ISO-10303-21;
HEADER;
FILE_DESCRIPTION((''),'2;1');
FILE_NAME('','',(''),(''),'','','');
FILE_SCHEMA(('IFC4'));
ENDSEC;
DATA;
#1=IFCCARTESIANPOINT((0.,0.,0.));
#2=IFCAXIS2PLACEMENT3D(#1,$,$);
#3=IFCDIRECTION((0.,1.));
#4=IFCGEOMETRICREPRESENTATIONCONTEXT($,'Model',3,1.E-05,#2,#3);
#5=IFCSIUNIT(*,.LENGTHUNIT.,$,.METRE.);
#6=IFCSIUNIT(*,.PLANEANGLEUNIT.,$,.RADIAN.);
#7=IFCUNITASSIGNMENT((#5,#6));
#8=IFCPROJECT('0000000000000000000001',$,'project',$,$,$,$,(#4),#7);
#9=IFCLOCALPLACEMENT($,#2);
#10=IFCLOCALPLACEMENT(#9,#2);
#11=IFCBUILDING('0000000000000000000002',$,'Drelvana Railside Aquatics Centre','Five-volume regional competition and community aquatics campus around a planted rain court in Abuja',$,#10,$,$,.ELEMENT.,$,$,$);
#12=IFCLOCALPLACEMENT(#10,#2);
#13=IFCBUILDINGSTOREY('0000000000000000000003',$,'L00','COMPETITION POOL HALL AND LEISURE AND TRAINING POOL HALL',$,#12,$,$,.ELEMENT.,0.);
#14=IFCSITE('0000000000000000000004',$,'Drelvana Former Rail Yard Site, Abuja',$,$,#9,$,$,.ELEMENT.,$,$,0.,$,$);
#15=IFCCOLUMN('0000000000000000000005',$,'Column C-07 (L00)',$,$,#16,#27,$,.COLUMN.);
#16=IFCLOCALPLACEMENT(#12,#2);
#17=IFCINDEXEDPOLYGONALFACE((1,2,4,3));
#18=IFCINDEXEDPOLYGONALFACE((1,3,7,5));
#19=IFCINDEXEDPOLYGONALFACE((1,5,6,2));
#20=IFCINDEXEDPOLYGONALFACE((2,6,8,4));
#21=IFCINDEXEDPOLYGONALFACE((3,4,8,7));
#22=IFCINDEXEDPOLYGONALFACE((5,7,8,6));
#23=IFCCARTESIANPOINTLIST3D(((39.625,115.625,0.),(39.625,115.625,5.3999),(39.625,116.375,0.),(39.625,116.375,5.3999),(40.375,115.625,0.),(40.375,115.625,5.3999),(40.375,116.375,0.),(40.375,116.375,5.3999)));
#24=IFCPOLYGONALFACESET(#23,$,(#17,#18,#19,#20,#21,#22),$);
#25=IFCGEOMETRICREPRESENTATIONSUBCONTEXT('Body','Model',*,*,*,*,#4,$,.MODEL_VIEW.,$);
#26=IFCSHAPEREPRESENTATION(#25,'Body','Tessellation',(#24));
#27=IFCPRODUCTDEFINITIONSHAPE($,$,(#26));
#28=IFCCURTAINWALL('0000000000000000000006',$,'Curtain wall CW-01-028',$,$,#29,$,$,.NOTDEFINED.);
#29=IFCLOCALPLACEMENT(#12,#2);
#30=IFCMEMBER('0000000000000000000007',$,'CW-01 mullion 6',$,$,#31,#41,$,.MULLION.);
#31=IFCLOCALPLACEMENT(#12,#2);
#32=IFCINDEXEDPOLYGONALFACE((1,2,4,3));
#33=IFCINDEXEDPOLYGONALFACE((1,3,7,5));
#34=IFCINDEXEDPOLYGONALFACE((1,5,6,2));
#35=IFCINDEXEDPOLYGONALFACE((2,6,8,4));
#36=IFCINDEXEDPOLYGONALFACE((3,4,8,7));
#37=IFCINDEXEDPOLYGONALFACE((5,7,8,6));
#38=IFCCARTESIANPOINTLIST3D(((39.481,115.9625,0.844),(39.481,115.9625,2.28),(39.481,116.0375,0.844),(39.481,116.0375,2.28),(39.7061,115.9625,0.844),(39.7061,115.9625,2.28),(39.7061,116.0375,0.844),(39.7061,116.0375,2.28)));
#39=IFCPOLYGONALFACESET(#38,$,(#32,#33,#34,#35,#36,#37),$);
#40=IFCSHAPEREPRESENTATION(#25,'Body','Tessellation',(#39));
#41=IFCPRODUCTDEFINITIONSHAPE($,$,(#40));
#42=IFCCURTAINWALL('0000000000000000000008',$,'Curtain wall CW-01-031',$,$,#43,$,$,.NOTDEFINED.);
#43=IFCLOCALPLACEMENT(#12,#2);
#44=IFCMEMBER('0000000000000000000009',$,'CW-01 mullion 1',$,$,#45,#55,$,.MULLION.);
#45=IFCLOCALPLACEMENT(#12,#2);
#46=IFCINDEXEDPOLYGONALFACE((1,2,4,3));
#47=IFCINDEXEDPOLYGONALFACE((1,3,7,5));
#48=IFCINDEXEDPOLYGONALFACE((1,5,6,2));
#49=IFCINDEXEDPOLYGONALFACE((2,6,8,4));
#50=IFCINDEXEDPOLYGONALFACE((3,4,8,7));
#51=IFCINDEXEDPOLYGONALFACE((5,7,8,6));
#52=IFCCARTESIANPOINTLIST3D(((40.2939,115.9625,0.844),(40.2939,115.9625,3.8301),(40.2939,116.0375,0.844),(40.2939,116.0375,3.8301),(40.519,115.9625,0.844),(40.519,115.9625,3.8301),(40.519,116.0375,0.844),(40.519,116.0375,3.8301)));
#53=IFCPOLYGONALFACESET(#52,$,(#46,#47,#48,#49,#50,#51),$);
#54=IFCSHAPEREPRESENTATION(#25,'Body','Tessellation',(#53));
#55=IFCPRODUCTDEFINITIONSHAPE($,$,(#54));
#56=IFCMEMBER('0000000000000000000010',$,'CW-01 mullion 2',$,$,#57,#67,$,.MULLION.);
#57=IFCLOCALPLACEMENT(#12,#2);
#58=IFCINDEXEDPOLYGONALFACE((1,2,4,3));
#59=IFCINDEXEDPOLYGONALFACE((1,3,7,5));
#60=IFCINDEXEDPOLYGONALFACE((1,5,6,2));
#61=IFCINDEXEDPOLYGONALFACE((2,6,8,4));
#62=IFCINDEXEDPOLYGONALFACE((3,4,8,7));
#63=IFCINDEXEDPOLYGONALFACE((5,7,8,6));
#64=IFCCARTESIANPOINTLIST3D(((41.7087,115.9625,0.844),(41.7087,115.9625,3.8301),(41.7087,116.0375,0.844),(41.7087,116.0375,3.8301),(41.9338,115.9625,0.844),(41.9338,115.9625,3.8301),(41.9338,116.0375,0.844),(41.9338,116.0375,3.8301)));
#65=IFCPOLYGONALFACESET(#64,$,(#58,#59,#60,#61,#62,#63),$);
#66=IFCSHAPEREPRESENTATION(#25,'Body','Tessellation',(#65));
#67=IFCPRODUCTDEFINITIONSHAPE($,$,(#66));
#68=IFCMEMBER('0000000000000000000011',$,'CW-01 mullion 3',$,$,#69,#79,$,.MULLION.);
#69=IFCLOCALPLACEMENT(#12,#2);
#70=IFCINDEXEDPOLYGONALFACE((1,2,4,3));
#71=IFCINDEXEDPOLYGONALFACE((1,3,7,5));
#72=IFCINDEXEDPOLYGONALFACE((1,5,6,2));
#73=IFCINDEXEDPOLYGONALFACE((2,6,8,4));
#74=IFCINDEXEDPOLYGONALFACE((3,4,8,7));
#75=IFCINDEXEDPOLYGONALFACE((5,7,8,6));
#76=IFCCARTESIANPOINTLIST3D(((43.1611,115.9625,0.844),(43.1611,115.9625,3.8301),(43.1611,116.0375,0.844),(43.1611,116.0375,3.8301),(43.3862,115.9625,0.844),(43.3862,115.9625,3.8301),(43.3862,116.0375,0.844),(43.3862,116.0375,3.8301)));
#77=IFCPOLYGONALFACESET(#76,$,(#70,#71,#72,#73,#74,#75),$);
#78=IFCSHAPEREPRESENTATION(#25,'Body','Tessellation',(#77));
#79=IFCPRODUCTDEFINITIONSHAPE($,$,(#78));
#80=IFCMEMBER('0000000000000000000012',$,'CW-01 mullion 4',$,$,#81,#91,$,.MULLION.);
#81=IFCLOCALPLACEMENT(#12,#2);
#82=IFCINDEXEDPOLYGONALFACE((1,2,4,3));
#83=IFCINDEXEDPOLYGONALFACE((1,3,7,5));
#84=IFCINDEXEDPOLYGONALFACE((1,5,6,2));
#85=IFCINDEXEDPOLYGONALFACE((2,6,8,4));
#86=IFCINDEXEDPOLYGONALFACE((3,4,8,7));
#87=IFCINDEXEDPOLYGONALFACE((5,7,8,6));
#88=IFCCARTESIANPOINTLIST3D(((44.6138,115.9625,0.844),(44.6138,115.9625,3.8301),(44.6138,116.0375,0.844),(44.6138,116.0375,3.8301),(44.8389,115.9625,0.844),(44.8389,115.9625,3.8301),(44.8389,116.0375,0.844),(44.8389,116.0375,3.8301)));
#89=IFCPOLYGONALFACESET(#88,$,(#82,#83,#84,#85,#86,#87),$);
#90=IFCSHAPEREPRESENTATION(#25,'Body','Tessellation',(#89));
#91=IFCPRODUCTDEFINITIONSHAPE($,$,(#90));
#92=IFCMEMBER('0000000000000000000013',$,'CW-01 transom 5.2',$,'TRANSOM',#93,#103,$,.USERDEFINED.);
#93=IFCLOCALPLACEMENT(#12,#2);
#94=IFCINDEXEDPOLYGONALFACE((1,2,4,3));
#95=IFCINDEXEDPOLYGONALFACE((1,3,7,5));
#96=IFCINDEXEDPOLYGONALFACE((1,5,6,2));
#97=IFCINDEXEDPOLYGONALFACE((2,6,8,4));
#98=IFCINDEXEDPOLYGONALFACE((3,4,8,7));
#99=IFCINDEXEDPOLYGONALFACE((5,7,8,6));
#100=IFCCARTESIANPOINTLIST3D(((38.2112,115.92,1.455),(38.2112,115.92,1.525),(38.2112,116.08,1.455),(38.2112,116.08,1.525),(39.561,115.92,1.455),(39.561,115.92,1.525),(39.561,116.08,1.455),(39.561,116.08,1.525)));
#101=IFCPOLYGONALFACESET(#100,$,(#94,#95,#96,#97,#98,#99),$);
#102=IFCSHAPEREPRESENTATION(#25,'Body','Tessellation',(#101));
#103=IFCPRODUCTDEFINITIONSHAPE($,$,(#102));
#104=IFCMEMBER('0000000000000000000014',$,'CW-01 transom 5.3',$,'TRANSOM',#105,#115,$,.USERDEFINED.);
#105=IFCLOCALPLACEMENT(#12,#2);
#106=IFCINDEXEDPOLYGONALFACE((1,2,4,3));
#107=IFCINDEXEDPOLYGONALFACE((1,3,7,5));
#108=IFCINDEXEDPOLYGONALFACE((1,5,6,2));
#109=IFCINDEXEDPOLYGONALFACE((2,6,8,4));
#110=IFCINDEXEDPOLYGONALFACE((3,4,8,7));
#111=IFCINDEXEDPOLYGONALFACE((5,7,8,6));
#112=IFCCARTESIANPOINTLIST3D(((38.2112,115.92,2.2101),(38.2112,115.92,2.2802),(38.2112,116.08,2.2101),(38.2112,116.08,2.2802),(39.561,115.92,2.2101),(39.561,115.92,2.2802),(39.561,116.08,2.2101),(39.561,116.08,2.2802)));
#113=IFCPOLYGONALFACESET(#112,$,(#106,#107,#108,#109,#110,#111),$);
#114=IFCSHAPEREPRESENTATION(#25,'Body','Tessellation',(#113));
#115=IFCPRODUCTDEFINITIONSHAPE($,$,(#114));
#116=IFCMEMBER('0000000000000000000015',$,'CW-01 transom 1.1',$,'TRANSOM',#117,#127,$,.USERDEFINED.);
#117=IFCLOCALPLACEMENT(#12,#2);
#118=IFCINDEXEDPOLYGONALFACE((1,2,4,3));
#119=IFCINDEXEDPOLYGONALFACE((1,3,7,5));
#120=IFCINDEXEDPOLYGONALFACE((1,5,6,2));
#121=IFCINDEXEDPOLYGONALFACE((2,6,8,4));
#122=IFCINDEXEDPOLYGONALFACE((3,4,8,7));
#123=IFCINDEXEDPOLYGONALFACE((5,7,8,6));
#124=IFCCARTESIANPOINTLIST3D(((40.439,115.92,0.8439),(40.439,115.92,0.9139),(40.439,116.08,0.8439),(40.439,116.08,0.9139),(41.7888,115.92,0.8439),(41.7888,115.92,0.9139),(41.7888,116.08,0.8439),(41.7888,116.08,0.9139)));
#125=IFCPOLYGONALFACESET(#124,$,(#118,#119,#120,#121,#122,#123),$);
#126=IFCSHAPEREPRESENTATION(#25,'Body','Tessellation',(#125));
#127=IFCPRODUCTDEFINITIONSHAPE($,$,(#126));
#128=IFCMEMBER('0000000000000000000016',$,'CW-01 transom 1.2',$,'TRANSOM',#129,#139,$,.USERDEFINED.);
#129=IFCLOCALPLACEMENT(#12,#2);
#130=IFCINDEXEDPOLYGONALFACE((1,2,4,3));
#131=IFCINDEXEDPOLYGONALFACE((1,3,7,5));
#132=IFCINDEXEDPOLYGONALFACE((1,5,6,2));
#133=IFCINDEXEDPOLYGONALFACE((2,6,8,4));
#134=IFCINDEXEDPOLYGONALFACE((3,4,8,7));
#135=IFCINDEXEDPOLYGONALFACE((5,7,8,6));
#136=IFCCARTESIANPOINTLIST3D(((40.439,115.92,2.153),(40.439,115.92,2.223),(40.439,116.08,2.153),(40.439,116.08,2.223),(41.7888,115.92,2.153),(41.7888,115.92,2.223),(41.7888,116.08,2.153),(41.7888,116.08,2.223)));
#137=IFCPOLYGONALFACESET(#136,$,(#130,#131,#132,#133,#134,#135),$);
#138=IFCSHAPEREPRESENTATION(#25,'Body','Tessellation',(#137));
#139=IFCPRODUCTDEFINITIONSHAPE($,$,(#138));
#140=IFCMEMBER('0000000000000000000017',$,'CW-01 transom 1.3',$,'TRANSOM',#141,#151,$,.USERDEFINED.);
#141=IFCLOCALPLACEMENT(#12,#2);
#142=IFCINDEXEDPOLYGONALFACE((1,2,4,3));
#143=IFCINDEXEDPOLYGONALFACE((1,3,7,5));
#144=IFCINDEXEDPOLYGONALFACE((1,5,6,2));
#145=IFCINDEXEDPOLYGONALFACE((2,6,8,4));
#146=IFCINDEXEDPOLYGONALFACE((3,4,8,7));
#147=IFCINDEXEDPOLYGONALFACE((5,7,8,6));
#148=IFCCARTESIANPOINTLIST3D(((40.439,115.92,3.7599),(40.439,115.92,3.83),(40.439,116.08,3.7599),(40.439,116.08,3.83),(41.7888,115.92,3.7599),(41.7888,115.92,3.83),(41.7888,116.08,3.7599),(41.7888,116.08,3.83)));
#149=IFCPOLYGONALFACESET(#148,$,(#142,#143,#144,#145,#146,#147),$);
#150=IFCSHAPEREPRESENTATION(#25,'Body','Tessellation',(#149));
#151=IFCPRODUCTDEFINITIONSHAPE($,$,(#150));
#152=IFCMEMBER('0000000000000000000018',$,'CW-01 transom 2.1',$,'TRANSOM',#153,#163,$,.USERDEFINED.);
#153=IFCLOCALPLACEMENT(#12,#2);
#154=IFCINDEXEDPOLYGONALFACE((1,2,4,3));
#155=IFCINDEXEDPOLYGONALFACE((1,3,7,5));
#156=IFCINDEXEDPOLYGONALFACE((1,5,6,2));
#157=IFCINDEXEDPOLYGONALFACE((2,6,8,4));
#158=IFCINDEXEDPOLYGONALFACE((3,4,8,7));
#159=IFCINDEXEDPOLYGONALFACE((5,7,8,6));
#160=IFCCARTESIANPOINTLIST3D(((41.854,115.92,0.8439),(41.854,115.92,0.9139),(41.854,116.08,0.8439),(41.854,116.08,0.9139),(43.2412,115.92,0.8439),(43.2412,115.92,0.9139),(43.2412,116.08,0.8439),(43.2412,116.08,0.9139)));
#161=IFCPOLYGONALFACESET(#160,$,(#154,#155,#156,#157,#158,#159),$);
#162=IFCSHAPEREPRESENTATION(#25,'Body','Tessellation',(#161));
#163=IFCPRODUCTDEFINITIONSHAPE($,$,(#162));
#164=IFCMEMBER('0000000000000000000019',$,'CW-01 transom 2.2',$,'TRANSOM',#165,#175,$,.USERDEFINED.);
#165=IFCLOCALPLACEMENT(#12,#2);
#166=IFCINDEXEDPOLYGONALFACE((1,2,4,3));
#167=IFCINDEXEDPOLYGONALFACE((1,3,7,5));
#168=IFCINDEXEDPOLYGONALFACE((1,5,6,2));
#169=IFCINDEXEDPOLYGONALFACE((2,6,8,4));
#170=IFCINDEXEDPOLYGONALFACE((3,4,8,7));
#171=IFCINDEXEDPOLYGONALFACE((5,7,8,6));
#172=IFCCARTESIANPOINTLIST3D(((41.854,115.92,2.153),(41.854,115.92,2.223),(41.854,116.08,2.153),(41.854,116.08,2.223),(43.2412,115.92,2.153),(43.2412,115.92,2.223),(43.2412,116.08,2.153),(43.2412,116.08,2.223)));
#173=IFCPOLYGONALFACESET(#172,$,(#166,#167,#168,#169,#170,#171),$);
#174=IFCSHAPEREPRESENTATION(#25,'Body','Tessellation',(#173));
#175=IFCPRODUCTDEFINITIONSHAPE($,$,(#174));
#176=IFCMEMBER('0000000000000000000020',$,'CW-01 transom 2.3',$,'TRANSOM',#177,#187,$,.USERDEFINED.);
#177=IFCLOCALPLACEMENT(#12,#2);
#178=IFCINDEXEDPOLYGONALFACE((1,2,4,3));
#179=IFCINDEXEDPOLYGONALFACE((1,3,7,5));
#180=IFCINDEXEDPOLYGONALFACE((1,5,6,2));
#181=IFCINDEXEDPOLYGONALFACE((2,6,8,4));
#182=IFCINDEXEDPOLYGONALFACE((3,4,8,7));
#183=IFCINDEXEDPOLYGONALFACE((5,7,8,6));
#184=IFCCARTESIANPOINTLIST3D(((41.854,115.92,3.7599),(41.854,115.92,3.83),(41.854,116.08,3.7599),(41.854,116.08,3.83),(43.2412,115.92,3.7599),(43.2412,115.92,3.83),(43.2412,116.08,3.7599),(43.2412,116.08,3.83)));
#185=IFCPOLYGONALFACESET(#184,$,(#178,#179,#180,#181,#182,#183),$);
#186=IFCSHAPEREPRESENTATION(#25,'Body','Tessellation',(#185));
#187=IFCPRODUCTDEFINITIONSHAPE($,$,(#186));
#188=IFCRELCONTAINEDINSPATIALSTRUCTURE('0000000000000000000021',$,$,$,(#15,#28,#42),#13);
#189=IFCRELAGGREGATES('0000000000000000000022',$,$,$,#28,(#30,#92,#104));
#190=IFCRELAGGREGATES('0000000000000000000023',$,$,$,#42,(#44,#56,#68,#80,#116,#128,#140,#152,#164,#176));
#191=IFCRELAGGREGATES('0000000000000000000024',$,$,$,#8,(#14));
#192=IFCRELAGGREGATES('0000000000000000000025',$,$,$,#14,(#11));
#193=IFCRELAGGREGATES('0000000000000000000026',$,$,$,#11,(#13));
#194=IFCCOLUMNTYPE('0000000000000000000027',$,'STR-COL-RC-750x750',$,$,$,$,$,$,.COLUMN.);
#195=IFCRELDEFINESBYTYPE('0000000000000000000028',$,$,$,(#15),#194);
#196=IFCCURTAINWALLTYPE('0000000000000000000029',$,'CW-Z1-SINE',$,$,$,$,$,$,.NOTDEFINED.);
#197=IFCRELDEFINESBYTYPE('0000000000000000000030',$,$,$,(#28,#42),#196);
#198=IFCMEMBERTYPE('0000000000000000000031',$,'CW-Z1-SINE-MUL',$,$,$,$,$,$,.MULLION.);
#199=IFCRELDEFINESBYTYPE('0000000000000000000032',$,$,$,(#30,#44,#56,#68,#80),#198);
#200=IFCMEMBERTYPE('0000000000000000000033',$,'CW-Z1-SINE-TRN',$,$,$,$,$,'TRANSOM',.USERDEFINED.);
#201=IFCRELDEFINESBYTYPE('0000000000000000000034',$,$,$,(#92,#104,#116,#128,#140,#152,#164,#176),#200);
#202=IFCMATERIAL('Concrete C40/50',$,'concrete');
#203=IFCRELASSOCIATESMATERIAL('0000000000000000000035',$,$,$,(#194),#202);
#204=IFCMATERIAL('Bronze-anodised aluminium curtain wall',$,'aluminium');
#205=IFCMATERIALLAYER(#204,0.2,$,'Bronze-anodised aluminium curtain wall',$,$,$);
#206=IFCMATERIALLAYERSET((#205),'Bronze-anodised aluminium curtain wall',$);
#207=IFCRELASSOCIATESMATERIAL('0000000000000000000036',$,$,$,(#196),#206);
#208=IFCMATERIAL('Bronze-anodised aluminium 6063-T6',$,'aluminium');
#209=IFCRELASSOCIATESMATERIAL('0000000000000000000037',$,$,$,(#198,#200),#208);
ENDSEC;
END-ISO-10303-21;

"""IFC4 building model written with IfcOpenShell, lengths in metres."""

from ifc_helpers import new_model, si_unit, direction, frame, origin, origin_2d, place, context, subcontext, project, spatial, rectangle, extrude, material, layer, layer_set, material_profile, profile_set, type_object, element, aggregate, save


model = new_model("IFC4")

# Units and contexts
model_context = context("Model", 3, precision=1e-05, world=origin(), true_north=direction((0.0, 1.0)))
body_context = subcontext(model_context, "Body", "Model", "MODEL_VIEW")
ifc_project = project(units=[si_unit("LENGTHUNIT", "METRE"), si_unit("PLANEANGLEUNIT", "RADIAN")], contexts=[model_context])

# Site, building, storey
site_placement = place(None, origin())
site = spatial("IfcSite", under=ifc_project, at=site_placement, Name="Drelvana Former Rail Yard Site, Abuja", CompositionType="ELEMENT", RefElevation=0.0)
building_placement = place(site_placement, origin())
building = spatial("IfcBuilding", under=site, at=building_placement, Name="Drelvana Railside Aquatics Centre", Description="Five-volume regional competition and community aquatics campus around a planted rain court in Abuja", CompositionType="ELEMENT")
storey_placement = place(building_placement, origin())
storey = spatial("IfcBuildingStorey", under=building, at=storey_placement, Name="L00", Description="COMPETITION POOL HALL AND LEISURE AND TRAINING POOL HALL", CompositionType="ELEMENT", Elevation=0.0)

# Column
ifc_material_1 = material(Name="Concrete C40/50", Category="concrete")
ifc_material_profile_1 = material_profile(ifc_material_1, rectangle(XDim=0.75, YDim=0.75, at=origin_2d()), Name="RC 750x750")
ifc_profile_set_1 = profile_set([ifc_material_profile_1], Name="Concrete C40/50")
column_type = type_object("IfcColumnType", Name="STR-COL-RC-750x750", PredefinedType="COLUMN", material=ifc_profile_set_1)
column_placement = place(storey_placement, frame((40.0, 116.0, 0.0), z_axis=(0.0, 0.0, 1.0), x_axis=(1.0, 0.0, 0.0)))
element("IfcColumn", 1, at=column_placement, inside=storey, type_object=column_type, Name="Column C-07 (L00)", PredefinedType="COLUMN", context=body_context, shape_type="SweptSolid", body=[
    extrude(rectangle(XDim=0.75, YDim=0.75, at=origin_2d()), origin(), (0.0, 0.0, 1.0), 5.3999),
])

# Curtain wall, member
ifc_material_2 = material(Name="Bronze-anodised aluminium curtain wall", Category="aluminium")
ifc_layer_1 = layer(ifc_material_2, 0.2, Name="Bronze-anodised aluminium curtain wall")
ifc_layer_set_1 = layer_set([ifc_layer_1], Name="Bronze-anodised aluminium curtain wall")
curtain_wall_type = type_object("IfcCurtainWallType", Name="CW-Z1-SINE", PredefinedType="NOTDEFINED", material=ifc_layer_set_1)
curtain_wall_1_placement = place(storey_placement, origin())
curtain_wall_1 = element("IfcCurtainWall", 2, at=curtain_wall_1_placement, inside=storey, type_object=curtain_wall_type, Name="Curtain wall CW-01-028", PredefinedType="NOTDEFINED")
ifc_material_3 = material(Name="Bronze-anodised aluminium 6063-T6", Category="aluminium")
ifc_material_profile_2 = material_profile(ifc_material_3, rectangle(XDim=0.075, YDim=0.2251, at=origin_2d()), Name="ALU-M 75x225")
ifc_profile_set_2 = profile_set([ifc_material_profile_2], Name="Bronze-anodised aluminium 6063-T6")
member_type_1 = type_object("IfcMemberType", Name="CW-Z1-SINE-MUL", PredefinedType="MULLION", material=ifc_profile_set_2)
member_1_placement = place(storey_placement, frame((39.5935, 116.0, 0.844), z_axis=(0.0, 0.0, 1.0), x_axis=(0.0, 1.0, 0.0)))
member_1 = element("IfcMember", 3, at=member_1_placement, type_object=member_type_1, Name="CW-01 mullion 6", PredefinedType="MULLION", context=body_context, shape_type="SweptSolid", body=[
    extrude(rectangle(XDim=0.075, YDim=0.2251, at=origin_2d()), origin(), (0.0, 0.0, 1.0), 1.436),
])

# Curtain wall, members
curtain_wall_2_placement = place(storey_placement, origin())
curtain_wall_2 = element("IfcCurtainWall", 4, at=curtain_wall_2_placement, inside=storey, type_object=curtain_wall_type, Name="Curtain wall CW-01-031", PredefinedType="NOTDEFINED")
member_2_placement = place(storey_placement, frame((40.4065, 116.0, 0.844), z_axis=(0.0, 0.0, 1.0), x_axis=(0.0, 1.0, 0.0)))
member_2 = element("IfcMember", 5, at=member_2_placement, type_object=member_type_1, Name="CW-01 mullion 1", PredefinedType="MULLION", context=body_context, shape_type="SweptSolid", body=[
    extrude(rectangle(XDim=0.075, YDim=0.2251, at=origin_2d()), origin(), (0.0, 0.0, 1.0), 2.9861),
])
member_3_placement = place(storey_placement, frame((41.8213, 116.0, 0.844), z_axis=(0.0, 0.0, 1.0), x_axis=(0.0, 1.0, 0.0)))
member_3 = element("IfcMember", 6, at=member_3_placement, type_object=member_type_1, Name="CW-01 mullion 2", PredefinedType="MULLION", context=body_context, shape_type="SweptSolid", body=[
    extrude(rectangle(XDim=0.075, YDim=0.2251, at=origin_2d()), origin(), (0.0, 0.0, 1.0), 2.9861),
])
member_4_placement = place(storey_placement, frame((43.2737, 116.0, 0.844), z_axis=(0.0, 0.0, 1.0), x_axis=(0.0, 1.0, 0.0)))
member_4 = element("IfcMember", 7, at=member_4_placement, type_object=member_type_1, Name="CW-01 mullion 3", PredefinedType="MULLION", context=body_context, shape_type="SweptSolid", body=[
    extrude(rectangle(XDim=0.075, YDim=0.2251, at=origin_2d()), origin(), (0.0, 0.0, 1.0), 2.9861),
])
member_5_placement = place(storey_placement, frame((44.7263, 116.0, 0.844), z_axis=(0.0, 0.0, 1.0), x_axis=(0.0, 1.0, 0.0)))
member_5 = element("IfcMember", 8, at=member_5_placement, type_object=member_type_1, Name="CW-01 mullion 4", PredefinedType="MULLION", context=body_context, shape_type="SweptSolid", body=[
    extrude(rectangle(XDim=0.075, YDim=0.2251, at=origin_2d()), origin(), (0.0, 0.0, 1.0), 2.9861),
])

# Members
ifc_material_profile_3 = material_profile(ifc_material_3, rectangle(XDim=0.1599, YDim=0.0701, at=origin_2d()), Name="ALU-T 70x160")
ifc_profile_set_3 = profile_set([ifc_material_profile_3], Name="Bronze-anodised aluminium 6063-T6")
member_type_2 = type_object("IfcMemberType", Name="CW-Z1-SINE-TRN", ElementType="TRANSOM", PredefinedType="USERDEFINED", material=ifc_profile_set_3)
member_6_placement = place(storey_placement, frame((38.2112, 116.0, 1.49), z_axis=(1.0, 0.0, 0.0), x_axis=(0.0, 1.0, 0.0)))
member_6 = element("IfcMember", 9, at=member_6_placement, type_object=member_type_2, Name="CW-01 transom 5.2", ObjectType="TRANSOM", PredefinedType="USERDEFINED", context=body_context, shape_type="SweptSolid", body=[
    extrude(rectangle(XDim=0.1599, YDim=0.0701, at=origin_2d()), origin(), (0.0, 0.0, 1.0), 1.3499),
])
member_7_placement = place(storey_placement, frame((38.2112, 116.0, 2.2451), z_axis=(1.0, 0.0, 0.0), x_axis=(0.0, 1.0, 0.0)))
member_7 = element("IfcMember", 10, at=member_7_placement, type_object=member_type_2, Name="CW-01 transom 5.3", ObjectType="TRANSOM", PredefinedType="USERDEFINED", context=body_context, shape_type="SweptSolid", body=[
    extrude(rectangle(XDim=0.1599, YDim=0.0701, at=origin_2d()), origin(), (0.0, 0.0, 1.0), 1.3499),
])
member_8_placement = place(storey_placement, frame((40.439, 116.0, 0.8789), z_axis=(1.0, 0.0, 0.0), x_axis=(0.0, 1.0, 0.0)))
member_8 = element("IfcMember", 11, at=member_8_placement, type_object=member_type_2, Name="CW-01 transom 1.1", ObjectType="TRANSOM", PredefinedType="USERDEFINED", context=body_context, shape_type="SweptSolid", body=[
    extrude(rectangle(XDim=0.1599, YDim=0.0701, at=origin_2d()), origin(), (0.0, 0.0, 1.0), 1.3499),
])
member_9_placement = place(storey_placement, frame((40.439, 116.0, 2.188), z_axis=(1.0, 0.0, 0.0), x_axis=(0.0, 1.0, 0.0)))
member_9 = element("IfcMember", 12, at=member_9_placement, type_object=member_type_2, Name="CW-01 transom 1.2", ObjectType="TRANSOM", PredefinedType="USERDEFINED", context=body_context, shape_type="SweptSolid", body=[
    extrude(rectangle(XDim=0.1599, YDim=0.0701, at=origin_2d()), origin(), (0.0, 0.0, 1.0), 1.3499),
])
member_10_placement = place(storey_placement, frame((40.439, 116.0, 3.7949), z_axis=(1.0, 0.0, 0.0), x_axis=(0.0, 1.0, 0.0)))
member_10 = element("IfcMember", 13, at=member_10_placement, type_object=member_type_2, Name="CW-01 transom 1.3", ObjectType="TRANSOM", PredefinedType="USERDEFINED", context=body_context, shape_type="SweptSolid", body=[
    extrude(rectangle(XDim=0.1599, YDim=0.0701, at=origin_2d()), origin(), (0.0, 0.0, 1.0), 1.3499),
])
member_11_placement = place(storey_placement, frame((41.854, 116.0, 0.8789), z_axis=(1.0, 0.0, 0.0), x_axis=(0.0, 1.0, 0.0)))
member_11 = element("IfcMember", 14, at=member_11_placement, type_object=member_type_2, Name="CW-01 transom 2.1", ObjectType="TRANSOM", PredefinedType="USERDEFINED", context=body_context, shape_type="SweptSolid", body=[
    extrude(rectangle(XDim=0.1599, YDim=0.0701, at=origin_2d()), origin(), (0.0, 0.0, 1.0), 1.3872),
])
member_12_placement = place(storey_placement, frame((41.854, 116.0, 2.188), z_axis=(1.0, 0.0, 0.0), x_axis=(0.0, 1.0, 0.0)))
member_12 = element("IfcMember", 15, at=member_12_placement, type_object=member_type_2, Name="CW-01 transom 2.2", ObjectType="TRANSOM", PredefinedType="USERDEFINED", context=body_context, shape_type="SweptSolid", body=[
    extrude(rectangle(XDim=0.1599, YDim=0.0701, at=origin_2d()), origin(), (0.0, 0.0, 1.0), 1.3872),
])
member_13_placement = place(storey_placement, frame((41.854, 116.0, 3.7949), z_axis=(1.0, 0.0, 0.0), x_axis=(0.0, 1.0, 0.0)))
member_13 = element("IfcMember", 16, at=member_13_placement, type_object=member_type_2, Name="CW-01 transom 2.3", ObjectType="TRANSOM", PredefinedType="USERDEFINED", context=body_context, shape_type="SweptSolid", body=[
    extrude(rectangle(XDim=0.1599, YDim=0.0701, at=origin_2d()), origin(), (0.0, 0.0, 1.0), 1.3872),
])

aggregate(curtain_wall_1, [member_1, member_6, member_7])
aggregate(curtain_wall_2, [member_2, member_3, member_4, member_5, member_8, member_9, member_10, member_11, member_12, member_13])

save(model, "model.ifc")
